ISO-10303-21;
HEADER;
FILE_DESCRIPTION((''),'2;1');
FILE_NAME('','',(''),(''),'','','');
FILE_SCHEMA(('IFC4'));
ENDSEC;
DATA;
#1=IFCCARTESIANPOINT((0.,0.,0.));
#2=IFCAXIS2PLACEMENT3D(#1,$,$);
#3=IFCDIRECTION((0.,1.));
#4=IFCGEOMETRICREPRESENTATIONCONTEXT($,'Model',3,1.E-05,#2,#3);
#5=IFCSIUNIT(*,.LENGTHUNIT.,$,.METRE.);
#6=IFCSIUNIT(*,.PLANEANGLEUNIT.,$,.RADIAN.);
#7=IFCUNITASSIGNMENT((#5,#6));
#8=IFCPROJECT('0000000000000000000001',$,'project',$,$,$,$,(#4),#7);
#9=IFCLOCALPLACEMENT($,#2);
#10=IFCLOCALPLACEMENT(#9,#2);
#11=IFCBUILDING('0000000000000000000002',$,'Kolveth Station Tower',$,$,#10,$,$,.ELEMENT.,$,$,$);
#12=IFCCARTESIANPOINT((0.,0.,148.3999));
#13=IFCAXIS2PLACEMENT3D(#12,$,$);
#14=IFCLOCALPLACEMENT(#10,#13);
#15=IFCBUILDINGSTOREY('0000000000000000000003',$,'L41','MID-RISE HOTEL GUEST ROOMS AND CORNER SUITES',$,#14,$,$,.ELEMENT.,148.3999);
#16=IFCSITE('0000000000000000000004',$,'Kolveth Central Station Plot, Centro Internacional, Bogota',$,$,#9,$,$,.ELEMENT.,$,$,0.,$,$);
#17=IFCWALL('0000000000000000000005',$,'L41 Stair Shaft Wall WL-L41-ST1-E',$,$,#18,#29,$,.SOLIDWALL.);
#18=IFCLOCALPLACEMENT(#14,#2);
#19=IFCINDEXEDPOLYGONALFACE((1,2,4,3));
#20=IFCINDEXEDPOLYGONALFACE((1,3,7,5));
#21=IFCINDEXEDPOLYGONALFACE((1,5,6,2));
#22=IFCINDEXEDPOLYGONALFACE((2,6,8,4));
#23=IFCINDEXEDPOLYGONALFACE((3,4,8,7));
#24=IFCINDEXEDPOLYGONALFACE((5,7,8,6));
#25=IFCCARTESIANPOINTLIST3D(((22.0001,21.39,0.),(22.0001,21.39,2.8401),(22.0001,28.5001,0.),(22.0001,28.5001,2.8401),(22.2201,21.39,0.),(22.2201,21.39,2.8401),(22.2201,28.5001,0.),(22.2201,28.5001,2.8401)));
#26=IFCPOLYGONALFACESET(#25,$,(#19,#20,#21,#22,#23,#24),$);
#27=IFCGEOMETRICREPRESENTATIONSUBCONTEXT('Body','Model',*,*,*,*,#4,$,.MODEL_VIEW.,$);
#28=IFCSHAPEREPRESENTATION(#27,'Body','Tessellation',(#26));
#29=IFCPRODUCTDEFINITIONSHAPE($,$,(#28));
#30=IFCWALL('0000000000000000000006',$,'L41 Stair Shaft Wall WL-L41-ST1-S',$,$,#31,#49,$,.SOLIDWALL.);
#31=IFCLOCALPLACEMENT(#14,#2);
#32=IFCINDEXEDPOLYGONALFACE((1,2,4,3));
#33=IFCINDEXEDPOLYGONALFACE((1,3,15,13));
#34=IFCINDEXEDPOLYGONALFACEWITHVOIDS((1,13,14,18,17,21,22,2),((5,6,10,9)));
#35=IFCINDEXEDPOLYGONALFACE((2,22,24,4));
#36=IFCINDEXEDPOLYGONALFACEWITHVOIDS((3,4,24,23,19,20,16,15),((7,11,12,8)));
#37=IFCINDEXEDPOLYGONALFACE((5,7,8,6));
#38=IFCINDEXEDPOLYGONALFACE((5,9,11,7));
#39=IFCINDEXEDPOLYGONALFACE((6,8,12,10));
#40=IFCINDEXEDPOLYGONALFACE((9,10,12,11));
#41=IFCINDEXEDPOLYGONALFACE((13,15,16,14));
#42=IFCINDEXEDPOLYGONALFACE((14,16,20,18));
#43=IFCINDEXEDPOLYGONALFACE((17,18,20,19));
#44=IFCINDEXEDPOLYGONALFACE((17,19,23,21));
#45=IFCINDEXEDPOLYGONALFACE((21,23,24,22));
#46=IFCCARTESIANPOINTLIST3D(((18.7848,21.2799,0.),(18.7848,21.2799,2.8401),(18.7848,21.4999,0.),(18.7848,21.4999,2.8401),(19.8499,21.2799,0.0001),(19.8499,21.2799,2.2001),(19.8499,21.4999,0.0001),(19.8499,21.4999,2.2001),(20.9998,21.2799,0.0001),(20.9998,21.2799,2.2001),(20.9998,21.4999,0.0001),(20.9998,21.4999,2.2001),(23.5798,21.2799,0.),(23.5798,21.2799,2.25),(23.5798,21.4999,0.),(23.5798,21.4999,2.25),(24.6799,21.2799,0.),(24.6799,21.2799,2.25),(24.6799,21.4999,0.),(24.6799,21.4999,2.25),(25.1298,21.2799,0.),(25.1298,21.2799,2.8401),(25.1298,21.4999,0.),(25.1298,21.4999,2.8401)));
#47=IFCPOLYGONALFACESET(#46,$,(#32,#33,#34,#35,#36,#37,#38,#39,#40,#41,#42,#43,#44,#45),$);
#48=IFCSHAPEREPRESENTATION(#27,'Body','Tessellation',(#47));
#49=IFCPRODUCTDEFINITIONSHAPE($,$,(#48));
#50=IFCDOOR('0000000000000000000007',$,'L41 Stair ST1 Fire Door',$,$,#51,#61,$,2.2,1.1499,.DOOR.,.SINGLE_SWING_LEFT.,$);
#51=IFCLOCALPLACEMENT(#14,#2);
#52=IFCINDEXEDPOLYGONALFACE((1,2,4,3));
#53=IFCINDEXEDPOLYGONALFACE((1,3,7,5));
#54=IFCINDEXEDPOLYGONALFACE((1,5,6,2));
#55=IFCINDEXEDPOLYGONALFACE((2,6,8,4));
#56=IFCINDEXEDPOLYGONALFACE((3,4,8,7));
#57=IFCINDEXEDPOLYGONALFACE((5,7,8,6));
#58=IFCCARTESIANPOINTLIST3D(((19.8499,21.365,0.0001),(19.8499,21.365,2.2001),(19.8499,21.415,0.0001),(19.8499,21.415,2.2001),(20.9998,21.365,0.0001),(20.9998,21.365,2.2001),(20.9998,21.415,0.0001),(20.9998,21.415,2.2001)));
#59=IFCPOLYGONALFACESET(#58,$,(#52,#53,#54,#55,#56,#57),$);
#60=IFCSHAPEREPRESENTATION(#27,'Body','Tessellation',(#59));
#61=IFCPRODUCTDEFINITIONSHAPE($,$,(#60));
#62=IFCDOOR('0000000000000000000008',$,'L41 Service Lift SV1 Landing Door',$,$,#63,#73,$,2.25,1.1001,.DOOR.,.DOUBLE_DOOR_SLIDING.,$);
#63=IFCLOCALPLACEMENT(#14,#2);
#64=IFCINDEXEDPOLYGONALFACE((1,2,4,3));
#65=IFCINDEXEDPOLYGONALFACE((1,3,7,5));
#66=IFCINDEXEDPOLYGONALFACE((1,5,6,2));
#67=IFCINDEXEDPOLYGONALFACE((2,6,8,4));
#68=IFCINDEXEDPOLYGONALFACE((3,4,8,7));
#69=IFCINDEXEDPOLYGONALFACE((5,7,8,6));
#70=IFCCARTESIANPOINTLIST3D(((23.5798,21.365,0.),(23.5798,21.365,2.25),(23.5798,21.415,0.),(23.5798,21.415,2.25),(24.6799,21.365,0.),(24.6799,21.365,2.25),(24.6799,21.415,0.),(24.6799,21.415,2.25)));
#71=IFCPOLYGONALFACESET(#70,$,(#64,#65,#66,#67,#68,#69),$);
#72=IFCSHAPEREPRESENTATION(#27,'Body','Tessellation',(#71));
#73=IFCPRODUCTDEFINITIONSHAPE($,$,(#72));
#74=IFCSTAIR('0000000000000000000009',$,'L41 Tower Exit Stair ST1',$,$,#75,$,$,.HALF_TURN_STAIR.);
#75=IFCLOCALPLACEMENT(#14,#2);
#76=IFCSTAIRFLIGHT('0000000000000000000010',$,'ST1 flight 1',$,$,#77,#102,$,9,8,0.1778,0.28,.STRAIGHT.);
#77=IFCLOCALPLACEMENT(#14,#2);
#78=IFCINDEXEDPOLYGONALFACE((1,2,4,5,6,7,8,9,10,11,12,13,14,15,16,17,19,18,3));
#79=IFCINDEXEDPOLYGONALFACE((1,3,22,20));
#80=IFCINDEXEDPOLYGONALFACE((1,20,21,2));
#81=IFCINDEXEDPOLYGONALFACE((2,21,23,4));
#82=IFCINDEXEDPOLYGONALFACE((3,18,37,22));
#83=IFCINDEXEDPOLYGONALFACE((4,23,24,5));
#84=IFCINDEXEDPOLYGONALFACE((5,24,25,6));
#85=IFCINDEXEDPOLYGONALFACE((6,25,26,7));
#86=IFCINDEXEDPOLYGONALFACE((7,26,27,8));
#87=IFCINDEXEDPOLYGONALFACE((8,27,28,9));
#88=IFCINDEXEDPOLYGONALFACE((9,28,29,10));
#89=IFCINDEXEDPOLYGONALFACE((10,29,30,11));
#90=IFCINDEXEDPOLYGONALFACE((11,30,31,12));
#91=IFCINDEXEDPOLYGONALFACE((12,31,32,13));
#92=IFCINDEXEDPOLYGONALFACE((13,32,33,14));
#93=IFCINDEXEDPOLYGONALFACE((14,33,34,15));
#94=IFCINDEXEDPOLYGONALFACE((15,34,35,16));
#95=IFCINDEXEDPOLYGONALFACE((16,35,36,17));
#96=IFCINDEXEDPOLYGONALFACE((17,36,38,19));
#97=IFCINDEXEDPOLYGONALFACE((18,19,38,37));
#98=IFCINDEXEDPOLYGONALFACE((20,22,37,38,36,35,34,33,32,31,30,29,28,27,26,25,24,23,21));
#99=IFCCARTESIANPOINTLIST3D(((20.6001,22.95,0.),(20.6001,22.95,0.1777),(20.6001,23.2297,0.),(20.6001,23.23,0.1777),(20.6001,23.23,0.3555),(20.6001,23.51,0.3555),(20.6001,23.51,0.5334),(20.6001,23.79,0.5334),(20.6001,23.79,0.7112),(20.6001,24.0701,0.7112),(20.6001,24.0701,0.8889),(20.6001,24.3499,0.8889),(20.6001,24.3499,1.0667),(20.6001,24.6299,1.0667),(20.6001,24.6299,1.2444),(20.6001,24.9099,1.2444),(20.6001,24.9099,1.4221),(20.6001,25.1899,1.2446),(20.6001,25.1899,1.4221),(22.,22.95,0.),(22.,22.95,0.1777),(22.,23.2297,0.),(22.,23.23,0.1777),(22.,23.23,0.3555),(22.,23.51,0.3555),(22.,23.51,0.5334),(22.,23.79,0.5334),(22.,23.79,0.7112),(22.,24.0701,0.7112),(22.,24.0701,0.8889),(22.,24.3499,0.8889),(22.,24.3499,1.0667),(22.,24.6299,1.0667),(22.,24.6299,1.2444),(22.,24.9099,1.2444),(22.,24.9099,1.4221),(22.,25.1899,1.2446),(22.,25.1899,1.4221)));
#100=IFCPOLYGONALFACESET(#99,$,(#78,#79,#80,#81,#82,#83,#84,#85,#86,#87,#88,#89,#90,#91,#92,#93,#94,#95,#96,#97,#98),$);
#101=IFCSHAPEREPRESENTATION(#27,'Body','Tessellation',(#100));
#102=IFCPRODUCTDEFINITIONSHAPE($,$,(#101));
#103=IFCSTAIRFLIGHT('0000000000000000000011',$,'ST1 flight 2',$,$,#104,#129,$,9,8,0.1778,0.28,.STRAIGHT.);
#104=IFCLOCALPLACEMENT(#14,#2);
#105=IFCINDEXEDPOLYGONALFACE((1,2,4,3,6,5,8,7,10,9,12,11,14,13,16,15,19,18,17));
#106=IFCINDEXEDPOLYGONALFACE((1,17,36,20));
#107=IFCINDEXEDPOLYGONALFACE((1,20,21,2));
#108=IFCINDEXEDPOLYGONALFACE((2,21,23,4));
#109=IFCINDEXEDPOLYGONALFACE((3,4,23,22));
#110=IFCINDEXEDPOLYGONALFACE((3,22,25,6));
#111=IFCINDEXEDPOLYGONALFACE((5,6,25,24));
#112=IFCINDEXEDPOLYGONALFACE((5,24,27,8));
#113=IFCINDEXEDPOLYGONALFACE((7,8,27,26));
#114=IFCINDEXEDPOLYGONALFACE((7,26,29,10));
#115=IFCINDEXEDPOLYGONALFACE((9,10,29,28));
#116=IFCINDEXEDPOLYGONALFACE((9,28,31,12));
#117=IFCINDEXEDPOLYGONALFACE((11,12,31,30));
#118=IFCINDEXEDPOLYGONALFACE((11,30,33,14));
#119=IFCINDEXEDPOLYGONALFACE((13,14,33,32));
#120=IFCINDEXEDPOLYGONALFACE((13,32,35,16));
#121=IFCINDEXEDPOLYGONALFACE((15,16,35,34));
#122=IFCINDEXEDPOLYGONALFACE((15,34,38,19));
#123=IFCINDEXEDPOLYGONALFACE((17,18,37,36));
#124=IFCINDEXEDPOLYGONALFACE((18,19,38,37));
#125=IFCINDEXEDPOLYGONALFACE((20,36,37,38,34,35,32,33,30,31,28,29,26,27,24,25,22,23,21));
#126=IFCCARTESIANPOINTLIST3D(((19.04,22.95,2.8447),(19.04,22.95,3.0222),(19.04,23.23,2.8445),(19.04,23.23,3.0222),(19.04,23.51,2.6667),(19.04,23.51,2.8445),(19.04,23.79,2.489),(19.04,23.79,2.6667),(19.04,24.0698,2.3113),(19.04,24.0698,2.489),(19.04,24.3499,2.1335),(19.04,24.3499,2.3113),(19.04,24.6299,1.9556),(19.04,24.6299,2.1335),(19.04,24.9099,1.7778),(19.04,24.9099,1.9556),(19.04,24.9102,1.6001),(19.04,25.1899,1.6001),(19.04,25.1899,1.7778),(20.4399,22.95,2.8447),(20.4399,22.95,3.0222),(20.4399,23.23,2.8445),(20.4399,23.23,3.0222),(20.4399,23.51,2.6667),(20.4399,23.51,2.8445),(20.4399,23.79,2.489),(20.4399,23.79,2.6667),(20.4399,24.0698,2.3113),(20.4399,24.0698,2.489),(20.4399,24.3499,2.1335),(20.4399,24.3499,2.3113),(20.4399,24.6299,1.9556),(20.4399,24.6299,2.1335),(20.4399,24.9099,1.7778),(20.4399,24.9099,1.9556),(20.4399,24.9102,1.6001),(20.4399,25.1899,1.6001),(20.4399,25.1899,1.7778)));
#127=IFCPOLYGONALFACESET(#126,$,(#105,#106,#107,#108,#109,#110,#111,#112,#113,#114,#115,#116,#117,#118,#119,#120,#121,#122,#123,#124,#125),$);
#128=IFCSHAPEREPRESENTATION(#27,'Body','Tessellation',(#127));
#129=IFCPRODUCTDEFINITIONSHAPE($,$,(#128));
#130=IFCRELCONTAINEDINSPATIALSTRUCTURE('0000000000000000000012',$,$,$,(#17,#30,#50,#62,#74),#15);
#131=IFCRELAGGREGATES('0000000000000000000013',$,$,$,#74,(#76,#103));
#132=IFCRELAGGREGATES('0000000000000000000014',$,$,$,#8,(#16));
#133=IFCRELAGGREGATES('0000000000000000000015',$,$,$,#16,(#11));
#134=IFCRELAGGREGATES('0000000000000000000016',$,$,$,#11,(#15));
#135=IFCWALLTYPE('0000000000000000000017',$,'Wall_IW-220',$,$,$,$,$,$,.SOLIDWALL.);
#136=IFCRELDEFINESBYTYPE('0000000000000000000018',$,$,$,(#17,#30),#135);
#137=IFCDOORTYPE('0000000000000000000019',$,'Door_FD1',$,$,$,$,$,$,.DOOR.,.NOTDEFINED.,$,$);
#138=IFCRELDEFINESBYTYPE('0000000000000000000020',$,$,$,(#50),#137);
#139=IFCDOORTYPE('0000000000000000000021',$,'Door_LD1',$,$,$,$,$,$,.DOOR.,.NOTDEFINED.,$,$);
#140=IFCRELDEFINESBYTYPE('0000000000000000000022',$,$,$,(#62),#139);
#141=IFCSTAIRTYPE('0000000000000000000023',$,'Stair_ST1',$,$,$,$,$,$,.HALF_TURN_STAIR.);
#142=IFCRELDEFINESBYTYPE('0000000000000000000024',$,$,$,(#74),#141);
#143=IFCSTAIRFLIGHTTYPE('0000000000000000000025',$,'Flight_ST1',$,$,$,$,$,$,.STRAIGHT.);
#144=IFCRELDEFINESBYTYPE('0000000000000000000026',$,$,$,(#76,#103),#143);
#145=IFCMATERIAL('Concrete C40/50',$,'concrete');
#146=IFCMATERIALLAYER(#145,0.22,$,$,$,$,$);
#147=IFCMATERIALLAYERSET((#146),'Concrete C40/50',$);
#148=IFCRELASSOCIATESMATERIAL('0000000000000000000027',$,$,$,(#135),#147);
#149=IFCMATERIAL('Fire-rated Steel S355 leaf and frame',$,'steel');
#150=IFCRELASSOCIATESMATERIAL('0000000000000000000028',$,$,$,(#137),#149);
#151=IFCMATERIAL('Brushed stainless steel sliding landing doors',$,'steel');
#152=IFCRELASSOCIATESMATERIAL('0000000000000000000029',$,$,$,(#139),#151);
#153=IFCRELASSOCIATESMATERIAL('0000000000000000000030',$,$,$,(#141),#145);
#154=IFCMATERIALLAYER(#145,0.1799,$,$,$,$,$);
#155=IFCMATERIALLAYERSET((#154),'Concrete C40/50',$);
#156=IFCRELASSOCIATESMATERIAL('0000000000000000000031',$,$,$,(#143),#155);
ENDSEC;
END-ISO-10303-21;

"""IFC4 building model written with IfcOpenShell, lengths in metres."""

from ifc_helpers import new_model, si_unit, direction, frame, frame_2d, origin, place, context, subcontext, project, spatial, polyline, rectangle, outline, extrude, material, layer, layer_set, type_object, element, fill, aggregate, save


model = new_model("IFC4")

# Units and contexts
model_context = context("Model", 3, precision=1e-05, world=origin(), true_north=direction((0.0, 1.0)))
body_context = subcontext(model_context, "Body", "Model", "MODEL_VIEW")
ifc_project = project(units=[si_unit("LENGTHUNIT", "METRE"), si_unit("PLANEANGLEUNIT", "RADIAN")], contexts=[model_context])

# Site, building, storey
site_placement = place(None, origin())
site = spatial("IfcSite", under=ifc_project, at=site_placement, Name="Kolveth Central Station Plot, Centro Internacional, Bogota", CompositionType="ELEMENT", RefElevation=0.0)
building_placement = place(site_placement, origin())
building = spatial("IfcBuilding", under=site, at=building_placement, Name="Kolveth Station Tower", CompositionType="ELEMENT")
storey_placement = place(building_placement, frame((0.0, 0.0, 148.3999)))
storey = spatial("IfcBuildingStorey", under=building, at=storey_placement, Name="L41", Description="MID-RISE HOTEL GUEST ROOMS AND CORNER SUITES", CompositionType="ELEMENT", Elevation=148.3999)

# Wall
ifc_material_1 = material(Name="Concrete C40/50", Category="concrete")
ifc_layer_1 = layer(ifc_material_1, 0.22)
ifc_layer_set_1 = layer_set([ifc_layer_1], Name="Concrete C40/50")
wall_type_1 = type_object("IfcWallType", Name="Wall_IW-220", PredefinedType="SOLIDWALL", material=ifc_layer_set_1)
for number, where, z_axis, x_axis, name in (
    (1, (22.1101, 21.3899, 0.0), (0.0, 0.0, 1.0), (0.0, 1.0, 0.0), "L41 Stair Shaft Wall WL-L41-ST1-E"),
):
    element("IfcWall", number, at=place(storey_placement, frame(where, z_axis=z_axis, x_axis=x_axis)), inside=storey, type_object=wall_type_1, Name=name, PredefinedType="SOLIDWALL", context=body_context, shape_type="SweptSolid", body=[
        extrude(rectangle(XDim=7.1101, YDim=0.22, at=frame_2d((3.5552, 0.0))), origin(), (0.0, 0.0, 1.0), 2.8401),
    ])

# Wall, openings, doors
wall_1_placement = place(storey_placement, frame((18.7849, 21.3899, 0.0), z_axis=(0.0, 0.0, 1.0), x_axis=(1.0, 0.0, 0.0)))
wall_1 = element("IfcWall", 2, at=wall_1_placement, inside=storey, type_object=wall_type_1, Name="L41 Stair Shaft Wall WL-L41-ST1-S", PredefinedType="SOLIDWALL", context=body_context, shape_type="SweptSolid", body=[
    extrude(rectangle(XDim=6.345, YDim=0.22, at=frame_2d((3.1724, 0.0))), origin(), (0.0, 0.0, 1.0), 2.8401),
])
opening_1_placement = place(wall_1_placement, frame((1.0649, 0.0, 0.0)))
opening_1 = element("IfcOpeningElement", 3, at=opening_1_placement, cuts=wall_1, PredefinedType="OPENING", context=body_context, shape_type="SweptSolid", body=[
    extrude(rectangle(XDim=1.1499, YDim=2.2, at=frame_2d((0.575, 1.1001))), frame((0.0, 0.1199, 0.0), z_axis=(0.0, -1.0, 0.0), x_axis=(1.0, 0.0, 0.0)), (0.0, 0.0, 1.0), 0.24),
])
opening_2_placement = place(wall_1_placement, frame((4.7949, 0.0, 0.0)))
opening_2 = element("IfcOpeningElement", 4, at=opening_2_placement, cuts=wall_1, PredefinedType="OPENING", context=body_context, shape_type="SweptSolid", body=[
    extrude(rectangle(XDim=1.1001, YDim=2.25, at=frame_2d((0.55, 1.125))), frame((0.0, 0.1199, 0.0), z_axis=(0.0, -1.0, 0.0), x_axis=(1.0, 0.0, 0.0)), (0.0, 0.0, 1.0), 0.24),
])
ifc_material_2 = material(Name="Fire-rated Steel S355 leaf and frame", Category="steel")
door_type_1 = type_object("IfcDoorType", Name="Door_FD1", OperationType="NOTDEFINED", PredefinedType="DOOR", material=ifc_material_2)
door_1_placement = place(opening_1_placement, frame((1.1499, 0.0, 0.0), z_axis=(0.0, 0.0, 1.0), x_axis=(-1.0, 0.0, 0.0)))
door_1 = element("IfcDoor", 5, at=door_1_placement, inside=storey, type_object=door_type_1, Name="L41 Stair ST1 Fire Door", OperationType="SINGLE_SWING_LEFT", OverallHeight=2.2, OverallWidth=1.1499, PredefinedType="DOOR", context=body_context, shape_type="SweptSolid", body=[
    extrude(rectangle(XDim=1.1499, YDim=2.2, at=frame_2d((0.575, 1.1001))), frame((0.0, 0.0249, 0.0), z_axis=(0.0, -1.0, 0.0), x_axis=(1.0, 0.0, 0.0)), (0.0, 0.0, 1.0), 0.05),
])
fill(opening_1, door_1)
ifc_material_3 = material(Name="Brushed stainless steel sliding landing doors", Category="steel")
door_type_2 = type_object("IfcDoorType", Name="Door_LD1", OperationType="NOTDEFINED", PredefinedType="DOOR", material=ifc_material_3)
door_2_placement = place(opening_2_placement, frame((1.1001, 0.0, 0.0), z_axis=(0.0, 0.0, 1.0), x_axis=(-1.0, 0.0, 0.0)))
door_2 = element("IfcDoor", 6, at=door_2_placement, inside=storey, type_object=door_type_2, Name="L41 Service Lift SV1 Landing Door", OperationType="DOUBLE_DOOR_SLIDING", OverallHeight=2.25, OverallWidth=1.1001, PredefinedType="DOOR", context=body_context, shape_type="SweptSolid", body=[
    extrude(rectangle(XDim=1.1001, YDim=2.25, at=frame_2d((0.55, 1.125))), frame((0.0, 0.0249, 0.0), z_axis=(0.0, -1.0, 0.0), x_axis=(1.0, 0.0, 0.0)), (0.0, 0.0, 1.0), 0.05),
])
fill(opening_2, door_2)

# Stair, stair flights
stair_type = type_object("IfcStairType", Name="Stair_ST1", PredefinedType="HALF_TURN_STAIR", material=ifc_material_1)
stair_placement = place(storey_placement, origin())
stair = element("IfcStair", 7, at=stair_placement, inside=storey, type_object=stair_type, Name="L41 Tower Exit Stair ST1", PredefinedType="HALF_TURN_STAIR")
ifc_layer_2 = layer(ifc_material_1, 0.1799)
ifc_layer_set_2 = layer_set([ifc_layer_2], Name="Concrete C40/50")
stair_flight_type = type_object("IfcStairFlightType", Name="Flight_ST1", PredefinedType="STRAIGHT", material=ifc_layer_set_2)
stair_flight_1_placement = place(storey_placement, frame((21.3, 22.95, 0.0), z_axis=(0.0, 0.0, 1.0), x_axis=(0.0, 1.0, 0.0)))
stair_flight_1 = element("IfcStairFlight", 8, at=stair_flight_1_placement, type_object=stair_flight_type, Name="ST1 flight 1", NumberOfRisers=9, NumberOfTreads=8, PredefinedType="STRAIGHT", RiserHeight=0.1778, TreadLength=0.28, context=body_context, shape_type="SweptSolid", body=[
    extrude(outline(polyline([(0.0, 0.0), (0.0, 0.1777), (0.28, 0.1777), (0.28, 0.3555), (0.5601, 0.3555), (0.5601, 0.5334), (0.8401, 0.5334), (0.8401, 0.7112), (1.1201, 0.7112), (1.1201, 0.8889), (1.3999, 0.8889), (1.3999, 1.0667), (1.6799, 1.0667), (1.6799, 1.2444), (1.96, 1.2444), (1.96, 1.4221), (2.24, 1.4221), (2.24, 1.6001), (2.24, 1.2446), (0.2798, 0.0), (0.0, 0.0)])), frame((0.0, 0.7, 0.0), z_axis=(0.0, -1.0, 0.0), x_axis=(1.0, 0.0, 0.0)), (0.0, 0.0, 1.0), 1.3999),
])
stair_flight_2_placement = place(storey_placement, frame((19.74, 25.1899, 1.6001), z_axis=(0.0, 0.0, 1.0), x_axis=(0.0, -1.0, 0.0)))
stair_flight_2 = element("IfcStairFlight", 9, at=stair_flight_2_placement, type_object=stair_flight_type, Name="ST1 flight 2", NumberOfRisers=9, NumberOfTreads=8, PredefinedType="STRAIGHT", RiserHeight=0.1778, TreadLength=0.28, context=body_context, shape_type="SweptSolid", body=[
    extrude(outline(polyline([(0.0, 0.0), (0.0, 0.1777), (0.28, 0.1777), (0.28, 0.3555), (0.5601, 0.3555), (0.5601, 0.5334), (0.8401, 0.5334), (0.8401, 0.7112), (1.1201, 0.7112), (1.1201, 0.8889), (1.3999, 0.8889), (1.3999, 1.0667), (1.6799, 1.0667), (1.6799, 1.2444), (1.96, 1.2444), (1.96, 1.4221), (2.24, 1.4221), (2.24, 1.6001), (2.24, 1.2446), (0.2798, 0.0), (0.0, 0.0)])), frame((0.0, 0.7, 0.0), z_axis=(0.0, -1.0, 0.0), x_axis=(1.0, 0.0, 0.0)), (0.0, 0.0, 1.0), 1.3999),
])
aggregate(stair, [stair_flight_1, stair_flight_2])

save(model, "model.ifc")
